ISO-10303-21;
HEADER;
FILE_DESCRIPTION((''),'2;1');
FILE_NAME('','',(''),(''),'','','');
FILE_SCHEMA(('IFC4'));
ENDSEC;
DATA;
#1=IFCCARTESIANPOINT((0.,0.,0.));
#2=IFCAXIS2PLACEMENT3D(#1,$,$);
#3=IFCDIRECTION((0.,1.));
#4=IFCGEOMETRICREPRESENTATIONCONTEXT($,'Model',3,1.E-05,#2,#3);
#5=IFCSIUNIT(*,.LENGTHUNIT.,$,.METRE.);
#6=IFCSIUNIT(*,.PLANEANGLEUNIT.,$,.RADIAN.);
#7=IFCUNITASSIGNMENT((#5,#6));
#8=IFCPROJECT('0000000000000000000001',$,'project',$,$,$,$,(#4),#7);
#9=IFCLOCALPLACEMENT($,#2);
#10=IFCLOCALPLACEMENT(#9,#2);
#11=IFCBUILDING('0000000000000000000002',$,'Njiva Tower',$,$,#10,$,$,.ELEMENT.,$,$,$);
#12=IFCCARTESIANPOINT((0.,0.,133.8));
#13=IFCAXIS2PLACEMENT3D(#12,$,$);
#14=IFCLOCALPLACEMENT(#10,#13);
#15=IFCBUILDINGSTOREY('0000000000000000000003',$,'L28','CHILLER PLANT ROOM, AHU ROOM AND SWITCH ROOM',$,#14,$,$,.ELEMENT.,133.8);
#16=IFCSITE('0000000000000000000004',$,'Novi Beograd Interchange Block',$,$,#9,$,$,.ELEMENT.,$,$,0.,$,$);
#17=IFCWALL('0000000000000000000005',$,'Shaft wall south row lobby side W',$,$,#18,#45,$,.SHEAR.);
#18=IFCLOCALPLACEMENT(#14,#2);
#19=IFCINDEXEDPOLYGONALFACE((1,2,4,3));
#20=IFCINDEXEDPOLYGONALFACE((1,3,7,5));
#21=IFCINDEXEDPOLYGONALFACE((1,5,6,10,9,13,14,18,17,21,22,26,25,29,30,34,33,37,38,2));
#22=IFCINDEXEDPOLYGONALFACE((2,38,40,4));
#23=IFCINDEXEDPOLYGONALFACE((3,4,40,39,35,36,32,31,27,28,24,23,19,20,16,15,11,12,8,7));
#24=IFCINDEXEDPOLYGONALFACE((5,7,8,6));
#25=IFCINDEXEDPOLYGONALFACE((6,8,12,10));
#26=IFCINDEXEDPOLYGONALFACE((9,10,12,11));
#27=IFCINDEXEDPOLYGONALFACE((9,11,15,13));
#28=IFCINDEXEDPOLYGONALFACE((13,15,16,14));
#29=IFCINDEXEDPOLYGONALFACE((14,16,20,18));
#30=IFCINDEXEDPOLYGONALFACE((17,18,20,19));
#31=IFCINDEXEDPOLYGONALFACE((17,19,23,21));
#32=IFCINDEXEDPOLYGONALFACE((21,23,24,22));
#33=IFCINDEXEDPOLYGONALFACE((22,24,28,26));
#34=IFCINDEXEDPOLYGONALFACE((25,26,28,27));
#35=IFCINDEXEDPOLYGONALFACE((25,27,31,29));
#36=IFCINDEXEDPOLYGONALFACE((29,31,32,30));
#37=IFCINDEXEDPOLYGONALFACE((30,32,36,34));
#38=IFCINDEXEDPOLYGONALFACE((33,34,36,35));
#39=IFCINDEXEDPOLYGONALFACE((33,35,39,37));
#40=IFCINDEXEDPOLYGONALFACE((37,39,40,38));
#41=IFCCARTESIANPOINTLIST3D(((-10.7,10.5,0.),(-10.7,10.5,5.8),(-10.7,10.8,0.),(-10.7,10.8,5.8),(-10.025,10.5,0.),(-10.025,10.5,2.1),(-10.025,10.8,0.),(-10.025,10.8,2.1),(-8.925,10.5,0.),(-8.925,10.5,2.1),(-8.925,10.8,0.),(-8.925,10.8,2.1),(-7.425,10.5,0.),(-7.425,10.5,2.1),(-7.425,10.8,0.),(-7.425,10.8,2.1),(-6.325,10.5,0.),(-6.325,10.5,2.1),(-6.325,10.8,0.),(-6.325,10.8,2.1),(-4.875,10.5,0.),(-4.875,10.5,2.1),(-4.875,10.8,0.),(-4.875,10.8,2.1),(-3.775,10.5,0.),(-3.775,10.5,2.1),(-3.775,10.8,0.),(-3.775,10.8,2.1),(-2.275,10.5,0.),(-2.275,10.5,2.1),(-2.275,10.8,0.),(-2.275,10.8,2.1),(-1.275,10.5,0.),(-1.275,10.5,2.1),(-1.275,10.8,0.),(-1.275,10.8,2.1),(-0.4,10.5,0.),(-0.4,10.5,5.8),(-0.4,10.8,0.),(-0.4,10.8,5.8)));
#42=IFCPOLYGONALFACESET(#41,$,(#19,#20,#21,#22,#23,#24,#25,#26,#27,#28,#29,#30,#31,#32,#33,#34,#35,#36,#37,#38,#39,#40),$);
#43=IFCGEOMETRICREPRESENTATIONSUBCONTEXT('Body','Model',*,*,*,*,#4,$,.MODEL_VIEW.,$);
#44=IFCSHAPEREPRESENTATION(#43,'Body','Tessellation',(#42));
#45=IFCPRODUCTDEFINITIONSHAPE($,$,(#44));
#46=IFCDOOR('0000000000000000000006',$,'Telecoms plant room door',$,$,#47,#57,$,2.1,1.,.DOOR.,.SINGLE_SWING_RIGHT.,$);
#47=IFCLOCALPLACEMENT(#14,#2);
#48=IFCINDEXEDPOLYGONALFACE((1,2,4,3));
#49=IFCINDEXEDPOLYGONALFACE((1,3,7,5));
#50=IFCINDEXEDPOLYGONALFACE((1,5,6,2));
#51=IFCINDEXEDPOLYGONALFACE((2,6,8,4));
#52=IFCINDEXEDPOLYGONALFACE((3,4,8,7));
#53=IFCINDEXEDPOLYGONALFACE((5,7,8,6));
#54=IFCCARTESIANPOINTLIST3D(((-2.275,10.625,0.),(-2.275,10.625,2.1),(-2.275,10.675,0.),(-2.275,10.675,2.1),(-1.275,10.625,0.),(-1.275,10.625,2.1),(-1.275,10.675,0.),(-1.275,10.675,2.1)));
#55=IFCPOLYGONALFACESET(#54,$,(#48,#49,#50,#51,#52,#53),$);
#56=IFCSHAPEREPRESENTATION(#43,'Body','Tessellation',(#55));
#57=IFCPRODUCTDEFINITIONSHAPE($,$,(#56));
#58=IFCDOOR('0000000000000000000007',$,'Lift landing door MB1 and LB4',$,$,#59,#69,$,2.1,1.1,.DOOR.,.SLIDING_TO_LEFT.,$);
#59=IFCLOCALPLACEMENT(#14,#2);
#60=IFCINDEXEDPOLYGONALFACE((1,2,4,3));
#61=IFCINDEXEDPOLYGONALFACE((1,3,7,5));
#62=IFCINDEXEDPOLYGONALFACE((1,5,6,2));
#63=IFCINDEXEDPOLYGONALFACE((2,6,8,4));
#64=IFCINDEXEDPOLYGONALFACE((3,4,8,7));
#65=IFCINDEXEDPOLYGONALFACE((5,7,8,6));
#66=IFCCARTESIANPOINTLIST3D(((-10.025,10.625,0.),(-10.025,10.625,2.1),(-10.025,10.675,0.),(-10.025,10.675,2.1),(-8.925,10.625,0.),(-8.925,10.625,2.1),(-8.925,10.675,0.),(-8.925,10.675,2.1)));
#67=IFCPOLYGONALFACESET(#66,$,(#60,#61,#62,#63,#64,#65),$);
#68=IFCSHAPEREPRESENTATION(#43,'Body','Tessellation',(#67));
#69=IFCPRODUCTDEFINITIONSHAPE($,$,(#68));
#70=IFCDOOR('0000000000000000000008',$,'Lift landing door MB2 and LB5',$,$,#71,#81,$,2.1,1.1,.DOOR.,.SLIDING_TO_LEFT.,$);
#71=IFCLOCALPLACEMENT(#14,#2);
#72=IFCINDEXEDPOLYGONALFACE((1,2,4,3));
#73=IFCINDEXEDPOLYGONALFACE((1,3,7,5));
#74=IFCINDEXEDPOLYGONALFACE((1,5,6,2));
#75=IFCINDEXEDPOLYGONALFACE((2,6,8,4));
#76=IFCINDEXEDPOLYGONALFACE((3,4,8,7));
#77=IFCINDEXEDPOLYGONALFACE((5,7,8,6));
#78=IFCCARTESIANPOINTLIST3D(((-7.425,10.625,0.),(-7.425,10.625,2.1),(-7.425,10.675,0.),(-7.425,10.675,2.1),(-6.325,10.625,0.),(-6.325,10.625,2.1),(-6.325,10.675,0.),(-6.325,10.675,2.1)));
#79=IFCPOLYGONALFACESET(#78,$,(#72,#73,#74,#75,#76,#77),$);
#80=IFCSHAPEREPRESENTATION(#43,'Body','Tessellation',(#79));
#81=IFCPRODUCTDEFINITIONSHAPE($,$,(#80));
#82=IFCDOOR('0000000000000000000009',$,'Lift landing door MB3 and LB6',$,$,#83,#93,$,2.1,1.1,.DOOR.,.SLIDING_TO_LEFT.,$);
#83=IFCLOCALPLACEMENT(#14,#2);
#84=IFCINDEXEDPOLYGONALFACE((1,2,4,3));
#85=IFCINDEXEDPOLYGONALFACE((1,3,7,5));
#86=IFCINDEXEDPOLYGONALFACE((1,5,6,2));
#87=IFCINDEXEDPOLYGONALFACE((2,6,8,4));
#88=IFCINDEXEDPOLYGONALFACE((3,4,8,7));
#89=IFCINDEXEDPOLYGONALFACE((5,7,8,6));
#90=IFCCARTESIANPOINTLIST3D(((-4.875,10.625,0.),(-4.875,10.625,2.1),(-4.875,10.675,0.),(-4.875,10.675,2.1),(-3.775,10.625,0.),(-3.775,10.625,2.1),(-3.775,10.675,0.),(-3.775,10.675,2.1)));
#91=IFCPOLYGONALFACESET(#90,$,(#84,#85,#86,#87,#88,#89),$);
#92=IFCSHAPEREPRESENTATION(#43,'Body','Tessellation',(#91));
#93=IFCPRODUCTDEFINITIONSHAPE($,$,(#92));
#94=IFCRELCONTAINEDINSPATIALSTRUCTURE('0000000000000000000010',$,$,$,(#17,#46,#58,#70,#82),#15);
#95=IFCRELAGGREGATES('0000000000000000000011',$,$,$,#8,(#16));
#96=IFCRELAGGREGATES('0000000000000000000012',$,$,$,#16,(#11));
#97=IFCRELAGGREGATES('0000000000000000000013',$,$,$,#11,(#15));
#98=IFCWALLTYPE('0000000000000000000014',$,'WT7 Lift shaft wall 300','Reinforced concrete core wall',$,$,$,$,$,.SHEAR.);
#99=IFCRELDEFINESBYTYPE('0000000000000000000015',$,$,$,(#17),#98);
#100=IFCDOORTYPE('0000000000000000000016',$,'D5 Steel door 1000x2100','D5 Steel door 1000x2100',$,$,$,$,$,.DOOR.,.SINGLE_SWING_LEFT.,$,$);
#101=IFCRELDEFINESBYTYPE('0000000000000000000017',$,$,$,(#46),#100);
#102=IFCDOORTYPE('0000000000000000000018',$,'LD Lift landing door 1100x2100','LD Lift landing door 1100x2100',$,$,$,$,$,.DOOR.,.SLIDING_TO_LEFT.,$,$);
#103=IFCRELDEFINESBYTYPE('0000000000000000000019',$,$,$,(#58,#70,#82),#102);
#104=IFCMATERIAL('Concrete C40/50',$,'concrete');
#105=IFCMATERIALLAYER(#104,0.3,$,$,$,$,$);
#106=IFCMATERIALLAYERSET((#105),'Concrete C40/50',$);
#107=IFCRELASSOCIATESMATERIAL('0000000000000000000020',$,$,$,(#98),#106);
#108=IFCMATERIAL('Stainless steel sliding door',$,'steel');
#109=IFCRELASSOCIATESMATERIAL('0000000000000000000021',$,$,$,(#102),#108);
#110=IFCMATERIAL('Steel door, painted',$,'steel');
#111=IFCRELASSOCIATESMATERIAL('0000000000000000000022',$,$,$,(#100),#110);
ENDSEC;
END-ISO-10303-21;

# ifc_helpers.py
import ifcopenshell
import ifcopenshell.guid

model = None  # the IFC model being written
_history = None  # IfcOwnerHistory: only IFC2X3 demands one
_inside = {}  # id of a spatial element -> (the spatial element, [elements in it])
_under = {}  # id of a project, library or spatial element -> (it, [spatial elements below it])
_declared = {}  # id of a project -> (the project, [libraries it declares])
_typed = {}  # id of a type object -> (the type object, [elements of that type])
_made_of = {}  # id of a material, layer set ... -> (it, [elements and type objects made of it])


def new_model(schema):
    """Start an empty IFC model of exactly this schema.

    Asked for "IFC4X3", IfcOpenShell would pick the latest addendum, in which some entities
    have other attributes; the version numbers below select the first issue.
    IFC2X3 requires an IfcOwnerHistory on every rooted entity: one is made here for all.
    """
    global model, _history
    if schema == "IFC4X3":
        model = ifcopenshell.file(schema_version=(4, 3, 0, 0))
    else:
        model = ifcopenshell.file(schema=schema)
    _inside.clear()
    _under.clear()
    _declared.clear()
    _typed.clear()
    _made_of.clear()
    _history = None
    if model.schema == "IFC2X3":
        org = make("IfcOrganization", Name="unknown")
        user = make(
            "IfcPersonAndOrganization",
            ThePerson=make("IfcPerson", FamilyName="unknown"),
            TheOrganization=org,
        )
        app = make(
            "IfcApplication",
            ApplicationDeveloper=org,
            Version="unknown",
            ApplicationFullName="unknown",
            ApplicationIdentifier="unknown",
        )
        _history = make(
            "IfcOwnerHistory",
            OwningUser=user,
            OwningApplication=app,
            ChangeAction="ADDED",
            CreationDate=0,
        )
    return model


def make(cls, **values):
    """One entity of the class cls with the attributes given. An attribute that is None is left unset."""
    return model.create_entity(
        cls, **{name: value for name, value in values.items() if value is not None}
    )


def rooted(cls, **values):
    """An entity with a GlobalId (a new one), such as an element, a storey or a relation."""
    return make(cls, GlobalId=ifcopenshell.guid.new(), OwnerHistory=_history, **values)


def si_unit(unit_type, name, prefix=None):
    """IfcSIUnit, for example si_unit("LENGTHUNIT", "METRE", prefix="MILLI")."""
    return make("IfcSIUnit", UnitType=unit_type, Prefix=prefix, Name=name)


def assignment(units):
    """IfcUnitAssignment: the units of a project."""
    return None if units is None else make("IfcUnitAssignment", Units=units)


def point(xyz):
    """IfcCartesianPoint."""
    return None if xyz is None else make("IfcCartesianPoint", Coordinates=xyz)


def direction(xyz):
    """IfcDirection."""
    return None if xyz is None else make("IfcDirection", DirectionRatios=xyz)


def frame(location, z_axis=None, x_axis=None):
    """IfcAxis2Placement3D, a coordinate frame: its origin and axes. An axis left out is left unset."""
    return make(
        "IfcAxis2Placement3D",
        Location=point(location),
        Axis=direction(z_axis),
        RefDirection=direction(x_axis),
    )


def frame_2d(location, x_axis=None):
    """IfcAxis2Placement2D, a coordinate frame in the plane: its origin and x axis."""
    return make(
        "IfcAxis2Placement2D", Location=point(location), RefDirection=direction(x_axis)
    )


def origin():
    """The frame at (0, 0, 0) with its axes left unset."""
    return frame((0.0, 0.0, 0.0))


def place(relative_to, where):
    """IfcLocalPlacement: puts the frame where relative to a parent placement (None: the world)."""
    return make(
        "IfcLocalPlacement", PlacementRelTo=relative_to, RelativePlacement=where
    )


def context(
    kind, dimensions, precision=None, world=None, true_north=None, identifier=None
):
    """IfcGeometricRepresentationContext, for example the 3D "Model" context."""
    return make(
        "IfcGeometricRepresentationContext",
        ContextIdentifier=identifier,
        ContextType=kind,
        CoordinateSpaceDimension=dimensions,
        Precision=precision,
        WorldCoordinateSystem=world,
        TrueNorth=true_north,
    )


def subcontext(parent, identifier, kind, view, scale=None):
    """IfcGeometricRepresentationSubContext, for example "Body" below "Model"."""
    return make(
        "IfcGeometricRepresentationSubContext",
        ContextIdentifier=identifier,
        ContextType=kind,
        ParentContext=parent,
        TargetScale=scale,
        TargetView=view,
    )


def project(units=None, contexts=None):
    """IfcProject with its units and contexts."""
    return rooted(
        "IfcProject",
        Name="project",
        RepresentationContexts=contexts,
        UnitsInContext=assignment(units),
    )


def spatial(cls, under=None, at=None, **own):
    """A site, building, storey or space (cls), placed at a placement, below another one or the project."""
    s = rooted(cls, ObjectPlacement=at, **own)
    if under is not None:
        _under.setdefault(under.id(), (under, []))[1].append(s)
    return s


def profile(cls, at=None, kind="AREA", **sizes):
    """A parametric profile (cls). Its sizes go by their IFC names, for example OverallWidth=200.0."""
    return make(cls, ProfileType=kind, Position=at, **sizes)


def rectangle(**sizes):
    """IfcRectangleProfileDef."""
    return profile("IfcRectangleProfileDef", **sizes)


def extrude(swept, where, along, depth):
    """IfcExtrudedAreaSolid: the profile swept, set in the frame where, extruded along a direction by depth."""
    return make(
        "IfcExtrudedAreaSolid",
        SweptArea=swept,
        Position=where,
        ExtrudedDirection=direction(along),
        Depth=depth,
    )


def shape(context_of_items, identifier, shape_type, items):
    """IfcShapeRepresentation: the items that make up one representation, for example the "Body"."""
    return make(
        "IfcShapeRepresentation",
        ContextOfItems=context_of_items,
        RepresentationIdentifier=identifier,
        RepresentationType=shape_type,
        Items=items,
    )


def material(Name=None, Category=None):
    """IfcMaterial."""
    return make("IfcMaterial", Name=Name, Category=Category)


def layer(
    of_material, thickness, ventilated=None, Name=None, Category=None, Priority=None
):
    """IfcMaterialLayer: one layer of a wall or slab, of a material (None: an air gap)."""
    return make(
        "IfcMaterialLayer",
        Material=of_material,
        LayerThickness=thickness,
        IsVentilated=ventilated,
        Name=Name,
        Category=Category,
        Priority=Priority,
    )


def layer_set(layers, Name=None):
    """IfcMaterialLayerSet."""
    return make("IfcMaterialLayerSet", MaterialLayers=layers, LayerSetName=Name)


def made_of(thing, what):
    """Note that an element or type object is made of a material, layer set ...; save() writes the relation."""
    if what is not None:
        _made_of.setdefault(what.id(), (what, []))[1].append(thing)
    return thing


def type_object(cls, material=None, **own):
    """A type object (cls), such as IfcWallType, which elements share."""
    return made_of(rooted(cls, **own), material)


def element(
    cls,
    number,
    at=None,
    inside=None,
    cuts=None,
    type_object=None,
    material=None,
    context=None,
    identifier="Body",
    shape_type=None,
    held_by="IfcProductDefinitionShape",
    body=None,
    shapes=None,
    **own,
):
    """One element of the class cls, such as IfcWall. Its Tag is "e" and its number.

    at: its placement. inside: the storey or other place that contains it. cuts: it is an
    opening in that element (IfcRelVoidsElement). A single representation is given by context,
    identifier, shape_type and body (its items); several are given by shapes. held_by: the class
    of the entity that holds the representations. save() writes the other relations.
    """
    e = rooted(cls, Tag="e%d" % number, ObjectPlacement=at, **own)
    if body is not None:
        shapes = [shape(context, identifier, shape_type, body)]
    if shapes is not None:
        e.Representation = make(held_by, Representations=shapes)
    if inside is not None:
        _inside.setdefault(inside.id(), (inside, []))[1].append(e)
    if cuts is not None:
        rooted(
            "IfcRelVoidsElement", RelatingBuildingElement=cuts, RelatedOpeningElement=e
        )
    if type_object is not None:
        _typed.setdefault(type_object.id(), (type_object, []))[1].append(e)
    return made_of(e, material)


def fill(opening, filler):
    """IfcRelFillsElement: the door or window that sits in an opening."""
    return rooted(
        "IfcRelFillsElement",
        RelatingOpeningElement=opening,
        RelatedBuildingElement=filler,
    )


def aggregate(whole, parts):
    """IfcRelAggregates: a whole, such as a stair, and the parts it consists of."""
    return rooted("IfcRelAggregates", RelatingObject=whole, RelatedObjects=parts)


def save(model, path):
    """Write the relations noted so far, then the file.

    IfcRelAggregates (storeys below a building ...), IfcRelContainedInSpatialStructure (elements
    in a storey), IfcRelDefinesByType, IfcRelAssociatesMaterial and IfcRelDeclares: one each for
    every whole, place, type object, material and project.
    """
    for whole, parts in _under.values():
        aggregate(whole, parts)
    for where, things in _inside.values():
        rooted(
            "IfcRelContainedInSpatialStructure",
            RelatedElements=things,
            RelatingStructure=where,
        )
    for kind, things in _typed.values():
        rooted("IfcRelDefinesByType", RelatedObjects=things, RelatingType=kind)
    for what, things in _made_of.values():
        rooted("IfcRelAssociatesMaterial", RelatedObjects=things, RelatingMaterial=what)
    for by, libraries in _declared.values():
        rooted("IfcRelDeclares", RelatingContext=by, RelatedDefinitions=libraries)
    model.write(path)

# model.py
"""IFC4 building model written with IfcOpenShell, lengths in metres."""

from ifc_helpers import new_model, si_unit, direction, frame, frame_2d, origin, place, context, subcontext, project, spatial, rectangle, extrude, material, layer, layer_set, type_object, element, fill, save


model = new_model("IFC4")

# Units and contexts
model_context = context("Model", 3, precision=1e-05, world=origin(), true_north=direction((0.0, 1.0)))
body_context = subcontext(model_context, "Body", "Model", "MODEL_VIEW")
ifc_project = project(units=[si_unit("LENGTHUNIT", "METRE"), si_unit("PLANEANGLEUNIT", "RADIAN")], contexts=[model_context])

# Site, building, storey
site_placement = place(None, origin())
site = spatial("IfcSite", under=ifc_project, at=site_placement, Name="Novi Beograd Interchange Block", CompositionType="ELEMENT", RefElevation=0.0)
building_placement = place(site_placement, origin())
building = spatial("IfcBuilding", under=site, at=building_placement, Name="Njiva Tower", CompositionType="ELEMENT")
storey_placement = place(building_placement, frame((0.0, 0.0, 133.8)))
storey = spatial("IfcBuildingStorey", under=building, at=storey_placement, Name="L28", Description="CHILLER PLANT ROOM, AHU ROOM AND SWITCH ROOM", CompositionType="ELEMENT", Elevation=133.8)

# Wall, openings, doors
ifc_material_1 = material(Name="Concrete C40/50", Category="concrete")
ifc_layer_1 = layer(ifc_material_1, 0.3)
ifc_layer_set_1 = layer_set([ifc_layer_1], Name="Concrete C40/50")
wall_type_1 = type_object("IfcWallType", Name="WT7 Lift shaft wall 300", Description="Reinforced concrete core wall", PredefinedType="SHEAR", material=ifc_layer_set_1)
ifc_material_2 = material(Name="Stainless steel sliding door", Category="steel")
door_type_1 = type_object("IfcDoorType", Name="LD Lift landing door 1100x2100", Description="LD Lift landing door 1100x2100", OperationType="SLIDING_TO_LEFT", PredefinedType="DOOR", material=ifc_material_2)
wall_1_placement = place(storey_placement, frame((-10.7, 10.65, 0.0), z_axis=(0.0, 0.0, 1.0), x_axis=(1.0, 0.0, 0.0)))
wall_1 = element("IfcWall", 1, at=wall_1_placement, inside=storey, type_object=wall_type_1, Name="Shaft wall south row lobby side W", PredefinedType="SHEAR", context=body_context, shape_type="SweptSolid", body=[
    extrude(rectangle(XDim=10.3, YDim=0.3, at=frame_2d((5.15, 0.0))), origin(), (0.0, 0.0, 1.0), 5.8),
])
opening_1_placement = place(wall_1_placement, frame((0.675, 0.0, 0.0)))
opening_1 = element("IfcOpeningElement", 2, at=opening_1_placement, cuts=wall_1, PredefinedType="OPENING", context=body_context, shape_type="SweptSolid", body=[
    extrude(rectangle(XDim=1.1, YDim=2.1, at=frame_2d((0.55, 1.05))), frame((0.0, 0.16, 0.0), z_axis=(0.0, -1.0, 0.0), x_axis=(1.0, 0.0, 0.0)), (0.0, 0.0, 1.0), 0.32),
])
opening_2_placement = place(wall_1_placement, frame((3.275, 0.0, 0.0)))
opening_2 = element("IfcOpeningElement", 3, at=opening_2_placement, cuts=wall_1, PredefinedType="OPENING", context=body_context, shape_type="SweptSolid", body=[
    extrude(rectangle(XDim=1.1, YDim=2.1, at=frame_2d((0.55, 1.05))), frame((0.0, 0.16, 0.0), z_axis=(0.0, -1.0, 0.0), x_axis=(1.0, 0.0, 0.0)), (0.0, 0.0, 1.0), 0.32),
])
opening_3_placement = place(wall_1_placement, frame((5.825, 0.0, 0.0)))
opening_3 = element("IfcOpeningElement", 4, at=opening_3_placement, cuts=wall_1, PredefinedType="OPENING", context=body_context, shape_type="SweptSolid", body=[
    extrude(rectangle(XDim=1.1, YDim=2.1, at=frame_2d((0.55, 1.05))), frame((0.0, 0.16, 0.0), z_axis=(0.0, -1.0, 0.0), x_axis=(1.0, 0.0, 0.0)), (0.0, 0.0, 1.0), 0.32),
])
opening_4_placement = place(wall_1_placement, frame((8.425, 0.0, 0.0)))
opening_4 = element("IfcOpeningElement", 5, at=opening_4_placement, cuts=wall_1, PredefinedType="OPENING", context=body_context, shape_type="SweptSolid", body=[
    extrude(rectangle(XDim=1.0, YDim=2.1, at=frame_2d((0.5, 1.05))), frame((0.0, 0.16, 0.0), z_axis=(0.0, -1.0, 0.0), x_axis=(1.0, 0.0, 0.0)), (0.0, 0.0, 1.0), 0.32),
])
ifc_material_3 = material(Name="Steel door, painted", Category="steel")
door_type_2 = type_object("IfcDoorType", Name="D5 Steel door 1000x2100", Description="D5 Steel door 1000x2100", OperationType="SINGLE_SWING_LEFT", PredefinedType="DOOR", material=ifc_material_3)
door_1_placement = place(opening_4_placement, origin())
door_1 = element("IfcDoor", 6, at=door_1_placement, inside=storey, type_object=door_type_2, Name="Telecoms plant room door", OperationType="SINGLE_SWING_RIGHT", OverallHeight=2.1, OverallWidth=1.0, PredefinedType="DOOR", context=body_context, shape_type="SweptSolid", body=[
    extrude(rectangle(XDim=1.0, YDim=2.1, at=frame_2d((0.5, 1.05))), frame((0.0, 0.025, 0.0), z_axis=(0.0, -1.0, 0.0), x_axis=(1.0, 0.0, 0.0)), (0.0, 0.0, 1.0), 0.05),
])
fill(opening_4, door_1)
door_2_placement = place(opening_1_placement, origin())
door_2 = element("IfcDoor", 7, at=door_2_placement, inside=storey, type_object=door_type_1, Name="Lift landing door MB1 and LB4", OperationType="SLIDING_TO_LEFT", OverallHeight=2.1, OverallWidth=1.1, PredefinedType="DOOR", context=body_context, shape_type="SweptSolid", body=[
    extrude(rectangle(XDim=1.1, YDim=2.1, at=frame_2d((0.55, 1.05))), frame((0.0, 0.025, 0.0), z_axis=(0.0, -1.0, 0.0), x_axis=(1.0, 0.0, 0.0)), (0.0, 0.0, 1.0), 0.05),
])
fill(opening_1, door_2)
door_3_placement = place(opening_2_placement, origin())
door_3 = element("IfcDoor", 8, at=door_3_placement, inside=storey, type_object=door_type_1, Name="Lift landing door MB2 and LB5", OperationType="SLIDING_TO_LEFT", OverallHeight=2.1, OverallWidth=1.1, PredefinedType="DOOR", context=body_context, shape_type="SweptSolid", body=[
    extrude(rectangle(XDim=1.1, YDim=2.1, at=frame_2d((0.55, 1.05))), frame((0.0, 0.025, 0.0), z_axis=(0.0, -1.0, 0.0), x_axis=(1.0, 0.0, 0.0)), (0.0, 0.0, 1.0), 0.05),
])
fill(opening_2, door_3)
door_4_placement = place(opening_3_placement, origin())
door_4 = element("IfcDoor", 9, at=door_4_placement, inside=storey, type_object=door_type_1, Name="Lift landing door MB3 and LB6", OperationType="SLIDING_TO_LEFT", OverallHeight=2.1, OverallWidth=1.1, PredefinedType="DOOR", context=body_context, shape_type="SweptSolid", body=[
    extrude(rectangle(XDim=1.1, YDim=2.1, at=frame_2d((0.55, 1.05))), frame((0.0, 0.025, 0.0), z_axis=(0.0, -1.0, 0.0), x_axis=(1.0, 0.0, 0.0)), (0.0, 0.0, 1.0), 0.05),
])
fill(opening_3, door_4)

save(model, "model.ifc")
